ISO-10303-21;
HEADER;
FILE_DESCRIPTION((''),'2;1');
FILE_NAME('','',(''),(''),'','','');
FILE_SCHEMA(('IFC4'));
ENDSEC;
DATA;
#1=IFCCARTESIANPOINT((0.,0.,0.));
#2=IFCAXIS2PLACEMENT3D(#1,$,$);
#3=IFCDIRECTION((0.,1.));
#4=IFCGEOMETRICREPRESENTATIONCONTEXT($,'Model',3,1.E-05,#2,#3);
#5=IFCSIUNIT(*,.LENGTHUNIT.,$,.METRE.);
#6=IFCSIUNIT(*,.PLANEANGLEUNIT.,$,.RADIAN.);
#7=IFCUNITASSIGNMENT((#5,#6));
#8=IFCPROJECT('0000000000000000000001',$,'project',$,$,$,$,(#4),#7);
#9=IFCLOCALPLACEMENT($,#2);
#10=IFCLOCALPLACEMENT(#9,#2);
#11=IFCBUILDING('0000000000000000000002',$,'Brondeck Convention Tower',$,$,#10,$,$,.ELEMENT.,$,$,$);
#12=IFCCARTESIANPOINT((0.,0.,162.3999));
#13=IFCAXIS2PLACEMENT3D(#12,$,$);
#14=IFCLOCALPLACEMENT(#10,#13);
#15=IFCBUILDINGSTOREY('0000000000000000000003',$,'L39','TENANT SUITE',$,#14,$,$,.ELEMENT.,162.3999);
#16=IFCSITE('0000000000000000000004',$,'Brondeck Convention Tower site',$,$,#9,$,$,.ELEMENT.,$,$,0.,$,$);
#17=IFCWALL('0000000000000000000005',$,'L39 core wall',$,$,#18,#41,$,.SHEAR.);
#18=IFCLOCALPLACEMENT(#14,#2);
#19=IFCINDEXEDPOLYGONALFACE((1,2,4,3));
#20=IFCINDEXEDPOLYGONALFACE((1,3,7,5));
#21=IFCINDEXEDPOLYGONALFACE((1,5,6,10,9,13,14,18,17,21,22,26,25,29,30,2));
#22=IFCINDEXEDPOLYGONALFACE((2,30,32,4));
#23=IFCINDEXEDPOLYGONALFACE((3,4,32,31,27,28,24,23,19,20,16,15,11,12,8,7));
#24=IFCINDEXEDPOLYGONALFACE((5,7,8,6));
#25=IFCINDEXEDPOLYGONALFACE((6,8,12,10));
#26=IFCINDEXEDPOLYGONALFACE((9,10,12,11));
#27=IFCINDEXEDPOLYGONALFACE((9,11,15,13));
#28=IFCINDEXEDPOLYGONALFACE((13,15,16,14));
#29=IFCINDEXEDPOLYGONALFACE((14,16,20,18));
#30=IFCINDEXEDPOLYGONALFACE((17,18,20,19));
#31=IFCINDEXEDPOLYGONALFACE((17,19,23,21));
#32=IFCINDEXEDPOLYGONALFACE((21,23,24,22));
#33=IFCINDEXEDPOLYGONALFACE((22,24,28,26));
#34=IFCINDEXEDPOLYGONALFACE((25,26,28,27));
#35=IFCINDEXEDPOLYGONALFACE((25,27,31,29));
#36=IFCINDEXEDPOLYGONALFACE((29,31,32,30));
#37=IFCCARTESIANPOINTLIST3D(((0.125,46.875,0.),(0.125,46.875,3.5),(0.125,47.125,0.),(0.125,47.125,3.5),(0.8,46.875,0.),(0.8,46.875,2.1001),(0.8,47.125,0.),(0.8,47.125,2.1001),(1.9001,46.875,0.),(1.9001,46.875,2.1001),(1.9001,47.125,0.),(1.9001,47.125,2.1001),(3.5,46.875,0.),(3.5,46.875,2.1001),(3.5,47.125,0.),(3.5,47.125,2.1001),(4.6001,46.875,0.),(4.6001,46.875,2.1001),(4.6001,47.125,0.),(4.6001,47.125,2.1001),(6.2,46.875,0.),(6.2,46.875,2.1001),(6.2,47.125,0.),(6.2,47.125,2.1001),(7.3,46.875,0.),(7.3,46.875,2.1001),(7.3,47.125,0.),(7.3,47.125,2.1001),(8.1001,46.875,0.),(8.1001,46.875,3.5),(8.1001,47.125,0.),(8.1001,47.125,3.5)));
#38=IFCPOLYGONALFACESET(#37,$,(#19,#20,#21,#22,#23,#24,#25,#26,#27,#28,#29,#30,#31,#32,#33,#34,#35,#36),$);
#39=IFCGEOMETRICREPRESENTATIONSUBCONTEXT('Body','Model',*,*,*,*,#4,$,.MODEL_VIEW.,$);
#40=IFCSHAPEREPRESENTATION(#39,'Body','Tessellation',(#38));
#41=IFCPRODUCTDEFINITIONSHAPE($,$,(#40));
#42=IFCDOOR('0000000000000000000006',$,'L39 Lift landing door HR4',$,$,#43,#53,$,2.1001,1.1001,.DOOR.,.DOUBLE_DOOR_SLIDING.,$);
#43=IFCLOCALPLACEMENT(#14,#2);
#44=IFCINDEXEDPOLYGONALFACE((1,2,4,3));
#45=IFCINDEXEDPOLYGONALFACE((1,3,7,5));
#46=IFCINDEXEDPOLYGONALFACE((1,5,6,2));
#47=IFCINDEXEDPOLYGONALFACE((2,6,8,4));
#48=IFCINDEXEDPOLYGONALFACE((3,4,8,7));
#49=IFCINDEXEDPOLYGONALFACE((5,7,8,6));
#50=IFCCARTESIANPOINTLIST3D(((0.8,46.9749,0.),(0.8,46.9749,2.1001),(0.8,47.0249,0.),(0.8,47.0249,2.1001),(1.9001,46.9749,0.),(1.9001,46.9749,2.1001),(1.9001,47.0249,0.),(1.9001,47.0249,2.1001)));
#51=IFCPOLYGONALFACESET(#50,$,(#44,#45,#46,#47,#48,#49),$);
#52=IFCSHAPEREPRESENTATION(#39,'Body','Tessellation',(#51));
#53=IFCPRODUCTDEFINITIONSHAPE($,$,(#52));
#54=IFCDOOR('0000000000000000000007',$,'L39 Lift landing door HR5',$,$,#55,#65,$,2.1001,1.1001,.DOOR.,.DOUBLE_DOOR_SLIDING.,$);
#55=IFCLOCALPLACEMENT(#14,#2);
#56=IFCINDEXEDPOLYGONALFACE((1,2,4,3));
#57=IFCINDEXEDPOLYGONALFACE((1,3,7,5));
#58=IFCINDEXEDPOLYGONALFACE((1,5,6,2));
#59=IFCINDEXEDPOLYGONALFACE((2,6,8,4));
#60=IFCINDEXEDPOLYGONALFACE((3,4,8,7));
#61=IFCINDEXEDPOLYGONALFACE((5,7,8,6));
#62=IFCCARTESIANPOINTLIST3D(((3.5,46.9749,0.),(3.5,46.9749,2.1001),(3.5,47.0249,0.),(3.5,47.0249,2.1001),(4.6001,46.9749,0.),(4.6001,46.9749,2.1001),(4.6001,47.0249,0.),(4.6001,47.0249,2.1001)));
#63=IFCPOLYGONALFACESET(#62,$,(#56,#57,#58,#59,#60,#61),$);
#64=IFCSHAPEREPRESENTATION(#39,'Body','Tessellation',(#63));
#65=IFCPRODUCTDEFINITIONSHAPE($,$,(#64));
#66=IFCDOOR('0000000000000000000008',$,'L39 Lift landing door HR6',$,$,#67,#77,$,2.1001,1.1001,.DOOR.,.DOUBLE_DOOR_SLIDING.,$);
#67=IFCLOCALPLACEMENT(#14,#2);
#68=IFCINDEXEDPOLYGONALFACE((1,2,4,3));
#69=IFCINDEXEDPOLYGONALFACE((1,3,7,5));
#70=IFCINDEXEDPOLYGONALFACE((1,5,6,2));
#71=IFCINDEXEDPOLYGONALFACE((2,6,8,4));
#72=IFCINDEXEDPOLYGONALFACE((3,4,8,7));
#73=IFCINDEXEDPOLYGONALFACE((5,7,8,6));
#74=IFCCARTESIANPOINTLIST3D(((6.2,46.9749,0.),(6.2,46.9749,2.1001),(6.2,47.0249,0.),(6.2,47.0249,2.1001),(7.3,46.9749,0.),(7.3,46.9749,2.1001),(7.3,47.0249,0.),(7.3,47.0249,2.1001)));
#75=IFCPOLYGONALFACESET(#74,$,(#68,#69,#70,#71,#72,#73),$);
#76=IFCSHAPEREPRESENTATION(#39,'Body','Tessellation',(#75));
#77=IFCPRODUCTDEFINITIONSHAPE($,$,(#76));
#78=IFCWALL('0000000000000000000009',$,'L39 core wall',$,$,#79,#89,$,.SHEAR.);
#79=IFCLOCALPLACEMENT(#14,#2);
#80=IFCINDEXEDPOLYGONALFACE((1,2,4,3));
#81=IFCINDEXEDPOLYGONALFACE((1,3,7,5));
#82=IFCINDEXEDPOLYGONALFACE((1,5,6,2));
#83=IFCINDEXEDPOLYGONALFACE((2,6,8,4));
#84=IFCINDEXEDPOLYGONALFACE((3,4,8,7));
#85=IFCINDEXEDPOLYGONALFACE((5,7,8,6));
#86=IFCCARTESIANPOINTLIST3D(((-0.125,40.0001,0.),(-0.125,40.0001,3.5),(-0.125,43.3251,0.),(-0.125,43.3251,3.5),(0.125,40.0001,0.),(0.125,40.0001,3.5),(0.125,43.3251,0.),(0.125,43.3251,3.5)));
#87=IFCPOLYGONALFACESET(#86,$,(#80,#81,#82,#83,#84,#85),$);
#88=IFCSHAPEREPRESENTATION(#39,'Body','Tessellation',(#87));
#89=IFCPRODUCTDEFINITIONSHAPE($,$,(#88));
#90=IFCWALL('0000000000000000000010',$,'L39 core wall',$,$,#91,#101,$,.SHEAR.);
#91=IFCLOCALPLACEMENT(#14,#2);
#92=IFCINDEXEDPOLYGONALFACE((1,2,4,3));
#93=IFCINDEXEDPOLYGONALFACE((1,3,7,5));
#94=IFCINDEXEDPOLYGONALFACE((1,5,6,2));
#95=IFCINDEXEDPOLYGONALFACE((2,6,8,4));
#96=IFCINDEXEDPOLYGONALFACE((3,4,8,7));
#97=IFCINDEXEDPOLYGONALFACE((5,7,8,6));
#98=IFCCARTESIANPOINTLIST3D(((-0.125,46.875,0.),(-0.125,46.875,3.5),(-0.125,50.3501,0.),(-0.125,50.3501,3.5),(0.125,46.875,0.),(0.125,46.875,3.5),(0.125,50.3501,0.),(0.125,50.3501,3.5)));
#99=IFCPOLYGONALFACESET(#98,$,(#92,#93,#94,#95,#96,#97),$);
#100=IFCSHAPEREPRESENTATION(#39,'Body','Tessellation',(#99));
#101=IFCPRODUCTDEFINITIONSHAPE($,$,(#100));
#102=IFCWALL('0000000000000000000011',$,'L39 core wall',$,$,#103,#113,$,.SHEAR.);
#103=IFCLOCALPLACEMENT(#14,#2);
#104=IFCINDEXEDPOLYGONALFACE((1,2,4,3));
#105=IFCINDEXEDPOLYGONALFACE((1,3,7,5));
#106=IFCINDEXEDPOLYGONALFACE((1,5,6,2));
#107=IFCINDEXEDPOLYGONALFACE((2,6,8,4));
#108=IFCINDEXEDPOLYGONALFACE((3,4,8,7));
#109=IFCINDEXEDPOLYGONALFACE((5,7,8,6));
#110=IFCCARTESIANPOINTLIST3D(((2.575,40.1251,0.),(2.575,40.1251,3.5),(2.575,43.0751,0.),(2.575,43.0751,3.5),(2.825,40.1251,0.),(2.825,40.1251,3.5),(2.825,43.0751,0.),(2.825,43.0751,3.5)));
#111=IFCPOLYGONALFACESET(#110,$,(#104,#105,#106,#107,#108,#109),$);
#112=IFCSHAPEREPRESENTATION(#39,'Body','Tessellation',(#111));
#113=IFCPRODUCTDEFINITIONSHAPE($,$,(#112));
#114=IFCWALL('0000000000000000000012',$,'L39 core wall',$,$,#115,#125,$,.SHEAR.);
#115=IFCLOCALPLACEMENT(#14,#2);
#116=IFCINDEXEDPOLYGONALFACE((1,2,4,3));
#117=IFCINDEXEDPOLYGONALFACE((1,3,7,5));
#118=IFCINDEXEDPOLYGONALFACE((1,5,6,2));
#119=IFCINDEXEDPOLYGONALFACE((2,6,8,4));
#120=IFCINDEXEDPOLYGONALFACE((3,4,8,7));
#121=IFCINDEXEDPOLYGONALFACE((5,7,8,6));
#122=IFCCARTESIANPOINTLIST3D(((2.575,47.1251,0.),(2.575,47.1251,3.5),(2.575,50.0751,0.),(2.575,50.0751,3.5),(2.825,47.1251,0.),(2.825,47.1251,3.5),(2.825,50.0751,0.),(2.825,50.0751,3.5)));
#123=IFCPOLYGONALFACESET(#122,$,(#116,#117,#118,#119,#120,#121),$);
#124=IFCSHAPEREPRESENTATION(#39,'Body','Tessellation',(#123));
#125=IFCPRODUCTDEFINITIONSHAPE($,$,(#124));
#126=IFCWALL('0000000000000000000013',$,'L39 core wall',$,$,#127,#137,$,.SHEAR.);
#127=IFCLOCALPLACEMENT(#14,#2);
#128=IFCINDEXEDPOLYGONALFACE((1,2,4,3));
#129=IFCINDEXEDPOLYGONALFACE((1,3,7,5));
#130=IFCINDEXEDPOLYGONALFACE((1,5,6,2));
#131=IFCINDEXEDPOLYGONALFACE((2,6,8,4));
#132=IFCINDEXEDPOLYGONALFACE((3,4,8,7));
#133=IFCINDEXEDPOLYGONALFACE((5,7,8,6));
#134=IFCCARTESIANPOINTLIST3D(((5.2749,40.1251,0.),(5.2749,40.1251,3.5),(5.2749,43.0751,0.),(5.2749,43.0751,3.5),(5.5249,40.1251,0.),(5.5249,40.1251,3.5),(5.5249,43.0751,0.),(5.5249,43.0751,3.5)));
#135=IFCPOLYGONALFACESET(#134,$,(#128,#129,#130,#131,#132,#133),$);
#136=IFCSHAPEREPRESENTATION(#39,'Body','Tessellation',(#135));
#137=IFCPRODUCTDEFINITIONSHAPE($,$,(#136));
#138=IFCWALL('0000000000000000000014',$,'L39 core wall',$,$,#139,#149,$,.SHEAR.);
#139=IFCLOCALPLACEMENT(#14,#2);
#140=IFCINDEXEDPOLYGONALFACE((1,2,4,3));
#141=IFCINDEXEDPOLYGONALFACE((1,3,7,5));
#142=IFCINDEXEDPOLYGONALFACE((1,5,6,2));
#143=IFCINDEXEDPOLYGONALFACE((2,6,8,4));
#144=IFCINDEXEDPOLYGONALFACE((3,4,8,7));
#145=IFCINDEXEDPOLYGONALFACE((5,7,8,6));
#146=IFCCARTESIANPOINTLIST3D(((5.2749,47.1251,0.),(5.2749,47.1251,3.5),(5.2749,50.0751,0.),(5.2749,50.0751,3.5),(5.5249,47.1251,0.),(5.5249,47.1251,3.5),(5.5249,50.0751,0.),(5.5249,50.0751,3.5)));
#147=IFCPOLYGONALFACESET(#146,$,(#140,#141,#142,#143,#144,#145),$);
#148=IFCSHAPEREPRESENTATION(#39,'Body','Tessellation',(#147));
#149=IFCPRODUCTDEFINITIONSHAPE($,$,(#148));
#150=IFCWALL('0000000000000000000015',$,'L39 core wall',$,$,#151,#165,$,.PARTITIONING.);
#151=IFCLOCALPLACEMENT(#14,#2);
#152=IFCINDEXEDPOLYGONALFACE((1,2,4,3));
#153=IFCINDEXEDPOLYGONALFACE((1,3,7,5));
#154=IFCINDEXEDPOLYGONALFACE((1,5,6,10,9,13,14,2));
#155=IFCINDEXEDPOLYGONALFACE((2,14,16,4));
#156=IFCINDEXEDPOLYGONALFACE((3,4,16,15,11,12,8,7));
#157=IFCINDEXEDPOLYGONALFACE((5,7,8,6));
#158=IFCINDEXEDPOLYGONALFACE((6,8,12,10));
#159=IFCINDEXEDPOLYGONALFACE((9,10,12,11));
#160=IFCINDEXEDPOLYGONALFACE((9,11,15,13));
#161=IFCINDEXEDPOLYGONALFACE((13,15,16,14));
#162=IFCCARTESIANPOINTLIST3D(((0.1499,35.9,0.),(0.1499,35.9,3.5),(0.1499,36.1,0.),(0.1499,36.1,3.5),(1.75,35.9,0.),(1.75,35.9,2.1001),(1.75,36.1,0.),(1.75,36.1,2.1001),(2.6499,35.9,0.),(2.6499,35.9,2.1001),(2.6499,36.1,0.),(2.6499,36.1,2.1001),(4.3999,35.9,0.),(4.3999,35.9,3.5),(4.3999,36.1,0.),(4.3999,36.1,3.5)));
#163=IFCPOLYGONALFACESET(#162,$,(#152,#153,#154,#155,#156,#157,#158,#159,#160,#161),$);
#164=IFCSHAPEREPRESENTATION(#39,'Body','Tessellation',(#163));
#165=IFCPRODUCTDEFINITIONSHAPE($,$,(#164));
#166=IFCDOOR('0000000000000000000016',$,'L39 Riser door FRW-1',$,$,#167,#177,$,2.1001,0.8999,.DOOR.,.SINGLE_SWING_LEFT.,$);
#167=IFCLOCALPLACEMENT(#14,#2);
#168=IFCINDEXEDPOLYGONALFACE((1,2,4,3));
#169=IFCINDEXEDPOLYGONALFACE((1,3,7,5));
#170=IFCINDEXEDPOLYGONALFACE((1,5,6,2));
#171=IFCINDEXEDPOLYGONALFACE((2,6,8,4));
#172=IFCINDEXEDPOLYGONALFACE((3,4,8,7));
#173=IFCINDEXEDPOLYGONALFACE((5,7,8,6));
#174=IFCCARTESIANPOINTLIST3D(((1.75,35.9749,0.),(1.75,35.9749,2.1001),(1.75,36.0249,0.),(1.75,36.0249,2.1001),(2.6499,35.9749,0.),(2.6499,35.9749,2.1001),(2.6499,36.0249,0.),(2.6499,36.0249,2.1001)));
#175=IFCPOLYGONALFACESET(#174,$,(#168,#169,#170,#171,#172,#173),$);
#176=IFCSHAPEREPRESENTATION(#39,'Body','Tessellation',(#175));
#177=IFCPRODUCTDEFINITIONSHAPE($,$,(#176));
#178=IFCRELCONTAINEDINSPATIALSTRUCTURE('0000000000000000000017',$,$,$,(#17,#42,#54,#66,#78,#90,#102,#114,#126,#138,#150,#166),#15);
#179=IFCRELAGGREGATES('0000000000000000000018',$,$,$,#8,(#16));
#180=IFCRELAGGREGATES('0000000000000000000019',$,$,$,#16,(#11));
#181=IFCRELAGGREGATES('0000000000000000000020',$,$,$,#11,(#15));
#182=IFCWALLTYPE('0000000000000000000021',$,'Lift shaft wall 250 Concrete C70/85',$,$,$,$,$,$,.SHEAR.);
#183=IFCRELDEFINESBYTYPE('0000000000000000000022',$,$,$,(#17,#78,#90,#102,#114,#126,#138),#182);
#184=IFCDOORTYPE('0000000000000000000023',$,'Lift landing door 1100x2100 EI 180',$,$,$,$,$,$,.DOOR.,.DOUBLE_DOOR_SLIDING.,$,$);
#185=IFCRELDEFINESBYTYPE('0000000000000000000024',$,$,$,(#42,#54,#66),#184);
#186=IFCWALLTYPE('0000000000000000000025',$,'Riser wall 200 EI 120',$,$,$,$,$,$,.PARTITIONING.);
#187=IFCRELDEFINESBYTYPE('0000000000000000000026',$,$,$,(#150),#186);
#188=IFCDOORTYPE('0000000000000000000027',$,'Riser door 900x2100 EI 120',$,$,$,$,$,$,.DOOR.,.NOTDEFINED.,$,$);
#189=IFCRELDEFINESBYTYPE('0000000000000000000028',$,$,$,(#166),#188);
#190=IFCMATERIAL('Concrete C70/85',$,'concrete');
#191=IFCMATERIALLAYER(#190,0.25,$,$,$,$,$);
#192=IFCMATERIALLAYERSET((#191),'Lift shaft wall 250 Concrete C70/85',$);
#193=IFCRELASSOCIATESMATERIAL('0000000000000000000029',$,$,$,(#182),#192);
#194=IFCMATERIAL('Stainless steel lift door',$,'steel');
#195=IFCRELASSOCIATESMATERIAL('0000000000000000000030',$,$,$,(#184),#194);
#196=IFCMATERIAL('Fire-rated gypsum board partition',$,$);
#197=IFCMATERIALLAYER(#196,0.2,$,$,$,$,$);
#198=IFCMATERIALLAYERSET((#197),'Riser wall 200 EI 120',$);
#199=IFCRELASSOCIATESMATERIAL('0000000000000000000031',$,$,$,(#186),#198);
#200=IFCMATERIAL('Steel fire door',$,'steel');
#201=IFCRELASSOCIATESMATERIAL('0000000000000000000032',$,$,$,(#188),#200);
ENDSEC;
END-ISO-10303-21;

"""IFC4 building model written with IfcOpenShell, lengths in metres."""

from ifc_helpers import new_model, si_unit, direction, frame, frame_2d, origin, place, context, subcontext, project, spatial, rectangle, extrude, material, layer, layer_set, type_object, element, fill, save


model = new_model("IFC4")

# Units and contexts
model_context = context("Model", 3, precision=1e-05, world=origin(), true_north=direction((0.0, 1.0)))
body_context = subcontext(model_context, "Body", "Model", "MODEL_VIEW")
ifc_project = project(units=[si_unit("LENGTHUNIT", "METRE"), si_unit("PLANEANGLEUNIT", "RADIAN")], contexts=[model_context])

# Site, building, storey
site_placement = place(None, origin())
site = spatial("IfcSite", under=ifc_project, at=site_placement, Name="Brondeck Convention Tower site", CompositionType="ELEMENT", RefElevation=0.0)
building_placement = place(site_placement, origin())
building = spatial("IfcBuilding", under=site, at=building_placement, Name="Brondeck Convention Tower", CompositionType="ELEMENT")
storey_placement = place(building_placement, frame((0.0, 0.0, 162.3999)))
storey = spatial("IfcBuildingStorey", under=building, at=storey_placement, Name="L39", Description="TENANT SUITE", CompositionType="ELEMENT", Elevation=162.3999)

# Shared definitions
ifc_material_1 = material(Name="Concrete C70/85", Category="concrete")

# Shared definitions
ifc_layer_1 = layer(ifc_material_1, 0.25)
ifc_layer_set_1 = layer_set([ifc_layer_1], Name="Lift shaft wall 250 Concrete C70/85")
wall_type_1 = type_object("IfcWallType", Name="Lift shaft wall 250 Concrete C70/85", PredefinedType="SHEAR", material=ifc_layer_set_1)

# Wall, openings, doors
ifc_material_2 = material(Name="Stainless steel lift door", Category="steel")
door_type_1 = type_object("IfcDoorType", Name="Lift landing door 1100x2100 EI 180", OperationType="DOUBLE_DOOR_SLIDING", PredefinedType="DOOR", material=ifc_material_2)
wall_1_placement = place(storey_placement, frame((0.125, 47.0, 0.0), z_axis=(0.0, 0.0, 1.0), x_axis=(1.0, 0.0, 0.0)))
wall_1 = element("IfcWall", 1, at=wall_1_placement, inside=storey, type_object=wall_type_1, Name="L39 core wall", PredefinedType="SHEAR", context=body_context, shape_type="SweptSolid", body=[
    extrude(rectangle(XDim=7.9751, YDim=0.25, at=frame_2d((3.9875, 0.0))), origin(), (0.0, 0.0, 1.0), 3.5),
])
opening_1_placement = place(wall_1_placement, frame((0.675, 0.0, 0.0)))
opening_1 = element("IfcOpeningElement", 2, at=opening_1_placement, cuts=wall_1, PredefinedType="OPENING", context=body_context, shape_type="SweptSolid", body=[
    extrude(rectangle(XDim=1.1001, YDim=2.1001, at=frame_2d((0.55, 1.05))), frame((0.0, 0.135, 0.0), z_axis=(0.0, -1.0, 0.0), x_axis=(1.0, 0.0, 0.0)), (0.0, 0.0, 1.0), 0.27),
])
opening_2_placement = place(wall_1_placement, frame((3.375, 0.0, 0.0)))
opening_2 = element("IfcOpeningElement", 3, at=opening_2_placement, cuts=wall_1, PredefinedType="OPENING", context=body_context, shape_type="SweptSolid", body=[
    extrude(rectangle(XDim=1.1001, YDim=2.1001, at=frame_2d((0.55, 1.05))), frame((0.0, 0.135, 0.0), z_axis=(0.0, -1.0, 0.0), x_axis=(1.0, 0.0, 0.0)), (0.0, 0.0, 1.0), 0.27),
])
opening_3_placement = place(wall_1_placement, frame((6.075, 0.0, 0.0)))
opening_3 = element("IfcOpeningElement", 4, at=opening_3_placement, cuts=wall_1, PredefinedType="OPENING", context=body_context, shape_type="SweptSolid", body=[
    extrude(rectangle(XDim=1.1001, YDim=2.1001, at=frame_2d((0.55, 1.05))), frame((0.0, 0.135, 0.0), z_axis=(0.0, -1.0, 0.0), x_axis=(1.0, 0.0, 0.0)), (0.0, 0.0, 1.0), 0.27),
])
door_1_placement = place(opening_1_placement, origin())
door_1 = element("IfcDoor", 5, at=door_1_placement, inside=storey, type_object=door_type_1, Name="L39 Lift landing door HR4", OperationType="DOUBLE_DOOR_SLIDING", OverallHeight=2.1001, OverallWidth=1.1001, PredefinedType="DOOR", context=body_context, shape_type="SweptSolid", body=[
    extrude(rectangle(XDim=1.1001, YDim=2.1001, at=frame_2d((0.55, 1.05))), frame((0.0, 0.0249, 0.0), z_axis=(0.0, -1.0, 0.0), x_axis=(1.0, 0.0, 0.0)), (0.0, 0.0, 1.0), 0.05),
])
fill(opening_1, door_1)
door_2_placement = place(opening_2_placement, origin())
door_2 = element("IfcDoor", 6, at=door_2_placement, inside=storey, type_object=door_type_1, Name="L39 Lift landing door HR5", OperationType="DOUBLE_DOOR_SLIDING", OverallHeight=2.1001, OverallWidth=1.1001, PredefinedType="DOOR", context=body_context, shape_type="SweptSolid", body=[
    extrude(rectangle(XDim=1.1001, YDim=2.1001, at=frame_2d((0.55, 1.05))), frame((0.0, 0.0249, 0.0), z_axis=(0.0, -1.0, 0.0), x_axis=(1.0, 0.0, 0.0)), (0.0, 0.0, 1.0), 0.05),
])
fill(opening_2, door_2)
door_3_placement = place(opening_3_placement, origin())
door_3 = element("IfcDoor", 7, at=door_3_placement, inside=storey, type_object=door_type_1, Name="L39 Lift landing door HR6", OperationType="DOUBLE_DOOR_SLIDING", OverallHeight=2.1001, OverallWidth=1.1001, PredefinedType="DOOR", context=body_context, shape_type="SweptSolid", body=[
    extrude(rectangle(XDim=1.1001, YDim=2.1001, at=frame_2d((0.55, 1.05))), frame((0.0, 0.0249, 0.0), z_axis=(0.0, -1.0, 0.0), x_axis=(1.0, 0.0, 0.0)), (0.0, 0.0, 1.0), 0.05),
])
fill(opening_3, door_3)

# Walls
wall_2_placement = place(storey_placement, frame((0.0, 40.0, 0.0), z_axis=(0.0, 0.0, 1.0), x_axis=(0.0, 1.0, 0.0)))
element("IfcWall", 8, at=wall_2_placement, inside=storey, type_object=wall_type_1, Name="L39 core wall", PredefinedType="SHEAR", context=body_context, shape_type="SweptSolid", body=[
    extrude(rectangle(XDim=3.325, YDim=0.25, at=frame_2d((1.6626, 0.0))), origin(), (0.0, 0.0, 1.0), 3.5),
])
wall_3_placement = place(storey_placement, frame((0.0, 46.875, 0.0), z_axis=(0.0, 0.0, 1.0), x_axis=(0.0, 1.0, 0.0)))
element("IfcWall", 9, at=wall_3_placement, inside=storey, type_object=wall_type_1, Name="L39 core wall", PredefinedType="SHEAR", context=body_context, shape_type="SweptSolid", body=[
    extrude(rectangle(XDim=3.4751, YDim=0.25, at=frame_2d((1.7375, 0.0))), origin(), (0.0, 0.0, 1.0), 3.5),
])
for number, where, z_axis, x_axis, name in (
    (10, (2.7, 40.125, 0.0), (0.0, 0.0, 1.0), (0.0, 1.0, 0.0), "L39 core wall"),
    (11, (2.7, 47.125, 0.0), (0.0, 0.0, 1.0), (0.0, 1.0, 0.0), "L39 core wall"),
    (12, (5.3999, 40.125, 0.0), (0.0, 0.0, 1.0), (0.0, 1.0, 0.0), "L39 core wall"),
    (13, (5.3999, 47.125, 0.0), (0.0, 0.0, 1.0), (0.0, 1.0, 0.0), "L39 core wall"),
):
    element("IfcWall", number, at=place(storey_placement, frame(where, z_axis=z_axis, x_axis=x_axis)), inside=storey, type_object=wall_type_1, Name=name, PredefinedType="SHEAR", context=body_context, shape_type="SweptSolid", body=[
        extrude(rectangle(XDim=2.95, YDim=0.25, at=frame_2d((1.4751, 0.0))), origin(), (0.0, 0.0, 1.0), 3.5),
    ])

# Wall, opening, door
ifc_material_3 = material(Name="Fire-rated gypsum board partition")
ifc_layer_2 = layer(ifc_material_3, 0.2)
ifc_layer_set_2 = layer_set([ifc_layer_2], Name="Riser wall 200 EI 120")
wall_type_2 = type_object("IfcWallType", Name="Riser wall 200 EI 120", PredefinedType="PARTITIONING", material=ifc_layer_set_2)
wall_4_placement = place(storey_placement, frame((0.1499, 36.0, 0.0), z_axis=(0.0, 0.0, 1.0), x_axis=(1.0, 0.0, 0.0)))
wall_4 = element("IfcWall", 14, at=wall_4_placement, inside=storey, type_object=wall_type_2, Name="L39 core wall", PredefinedType="PARTITIONING", context=body_context, shape_type="SweptSolid", body=[
    extrude(rectangle(XDim=4.25, YDim=0.2, at=frame_2d((2.125, 0.0))), origin(), (0.0, 0.0, 1.0), 3.5),
])
opening_4_placement = place(wall_4_placement, frame((1.6001, 0.0, 0.0)))
opening_4 = element("IfcOpeningElement", 15, at=opening_4_placement, cuts=wall_4, PredefinedType="OPENING", context=body_context, shape_type="SweptSolid", body=[
    extrude(rectangle(XDim=0.8999, YDim=2.1001, at=frame_2d((0.45, 1.05))), frame((0.0, 0.1099, 0.0), z_axis=(0.0, -1.0, 0.0), x_axis=(1.0, 0.0, 0.0)), (0.0, 0.0, 1.0), 0.22),
])
ifc_material_4 = material(Name="Steel fire door", Category="steel")
door_type_2 = type_object("IfcDoorType", Name="Riser door 900x2100 EI 120", OperationType="NOTDEFINED", PredefinedType="DOOR", material=ifc_material_4)
door_4_placement = place(opening_4_placement, origin())
door_4 = element("IfcDoor", 16, at=door_4_placement, inside=storey, type_object=door_type_2, Name="L39 Riser door FRW-1", OperationType="SINGLE_SWING_LEFT", OverallHeight=2.1001, OverallWidth=0.8999, PredefinedType="DOOR", context=body_context, shape_type="SweptSolid", body=[
    extrude(rectangle(XDim=0.8999, YDim=2.1001, at=frame_2d((0.45, 1.05))), frame((0.0, 0.0249, 0.0), z_axis=(0.0, -1.0, 0.0), x_axis=(1.0, 0.0, 0.0)), (0.0, 0.0, 1.0), 0.05),
])
fill(opening_4, door_4)

save(model, "model.ifc")
